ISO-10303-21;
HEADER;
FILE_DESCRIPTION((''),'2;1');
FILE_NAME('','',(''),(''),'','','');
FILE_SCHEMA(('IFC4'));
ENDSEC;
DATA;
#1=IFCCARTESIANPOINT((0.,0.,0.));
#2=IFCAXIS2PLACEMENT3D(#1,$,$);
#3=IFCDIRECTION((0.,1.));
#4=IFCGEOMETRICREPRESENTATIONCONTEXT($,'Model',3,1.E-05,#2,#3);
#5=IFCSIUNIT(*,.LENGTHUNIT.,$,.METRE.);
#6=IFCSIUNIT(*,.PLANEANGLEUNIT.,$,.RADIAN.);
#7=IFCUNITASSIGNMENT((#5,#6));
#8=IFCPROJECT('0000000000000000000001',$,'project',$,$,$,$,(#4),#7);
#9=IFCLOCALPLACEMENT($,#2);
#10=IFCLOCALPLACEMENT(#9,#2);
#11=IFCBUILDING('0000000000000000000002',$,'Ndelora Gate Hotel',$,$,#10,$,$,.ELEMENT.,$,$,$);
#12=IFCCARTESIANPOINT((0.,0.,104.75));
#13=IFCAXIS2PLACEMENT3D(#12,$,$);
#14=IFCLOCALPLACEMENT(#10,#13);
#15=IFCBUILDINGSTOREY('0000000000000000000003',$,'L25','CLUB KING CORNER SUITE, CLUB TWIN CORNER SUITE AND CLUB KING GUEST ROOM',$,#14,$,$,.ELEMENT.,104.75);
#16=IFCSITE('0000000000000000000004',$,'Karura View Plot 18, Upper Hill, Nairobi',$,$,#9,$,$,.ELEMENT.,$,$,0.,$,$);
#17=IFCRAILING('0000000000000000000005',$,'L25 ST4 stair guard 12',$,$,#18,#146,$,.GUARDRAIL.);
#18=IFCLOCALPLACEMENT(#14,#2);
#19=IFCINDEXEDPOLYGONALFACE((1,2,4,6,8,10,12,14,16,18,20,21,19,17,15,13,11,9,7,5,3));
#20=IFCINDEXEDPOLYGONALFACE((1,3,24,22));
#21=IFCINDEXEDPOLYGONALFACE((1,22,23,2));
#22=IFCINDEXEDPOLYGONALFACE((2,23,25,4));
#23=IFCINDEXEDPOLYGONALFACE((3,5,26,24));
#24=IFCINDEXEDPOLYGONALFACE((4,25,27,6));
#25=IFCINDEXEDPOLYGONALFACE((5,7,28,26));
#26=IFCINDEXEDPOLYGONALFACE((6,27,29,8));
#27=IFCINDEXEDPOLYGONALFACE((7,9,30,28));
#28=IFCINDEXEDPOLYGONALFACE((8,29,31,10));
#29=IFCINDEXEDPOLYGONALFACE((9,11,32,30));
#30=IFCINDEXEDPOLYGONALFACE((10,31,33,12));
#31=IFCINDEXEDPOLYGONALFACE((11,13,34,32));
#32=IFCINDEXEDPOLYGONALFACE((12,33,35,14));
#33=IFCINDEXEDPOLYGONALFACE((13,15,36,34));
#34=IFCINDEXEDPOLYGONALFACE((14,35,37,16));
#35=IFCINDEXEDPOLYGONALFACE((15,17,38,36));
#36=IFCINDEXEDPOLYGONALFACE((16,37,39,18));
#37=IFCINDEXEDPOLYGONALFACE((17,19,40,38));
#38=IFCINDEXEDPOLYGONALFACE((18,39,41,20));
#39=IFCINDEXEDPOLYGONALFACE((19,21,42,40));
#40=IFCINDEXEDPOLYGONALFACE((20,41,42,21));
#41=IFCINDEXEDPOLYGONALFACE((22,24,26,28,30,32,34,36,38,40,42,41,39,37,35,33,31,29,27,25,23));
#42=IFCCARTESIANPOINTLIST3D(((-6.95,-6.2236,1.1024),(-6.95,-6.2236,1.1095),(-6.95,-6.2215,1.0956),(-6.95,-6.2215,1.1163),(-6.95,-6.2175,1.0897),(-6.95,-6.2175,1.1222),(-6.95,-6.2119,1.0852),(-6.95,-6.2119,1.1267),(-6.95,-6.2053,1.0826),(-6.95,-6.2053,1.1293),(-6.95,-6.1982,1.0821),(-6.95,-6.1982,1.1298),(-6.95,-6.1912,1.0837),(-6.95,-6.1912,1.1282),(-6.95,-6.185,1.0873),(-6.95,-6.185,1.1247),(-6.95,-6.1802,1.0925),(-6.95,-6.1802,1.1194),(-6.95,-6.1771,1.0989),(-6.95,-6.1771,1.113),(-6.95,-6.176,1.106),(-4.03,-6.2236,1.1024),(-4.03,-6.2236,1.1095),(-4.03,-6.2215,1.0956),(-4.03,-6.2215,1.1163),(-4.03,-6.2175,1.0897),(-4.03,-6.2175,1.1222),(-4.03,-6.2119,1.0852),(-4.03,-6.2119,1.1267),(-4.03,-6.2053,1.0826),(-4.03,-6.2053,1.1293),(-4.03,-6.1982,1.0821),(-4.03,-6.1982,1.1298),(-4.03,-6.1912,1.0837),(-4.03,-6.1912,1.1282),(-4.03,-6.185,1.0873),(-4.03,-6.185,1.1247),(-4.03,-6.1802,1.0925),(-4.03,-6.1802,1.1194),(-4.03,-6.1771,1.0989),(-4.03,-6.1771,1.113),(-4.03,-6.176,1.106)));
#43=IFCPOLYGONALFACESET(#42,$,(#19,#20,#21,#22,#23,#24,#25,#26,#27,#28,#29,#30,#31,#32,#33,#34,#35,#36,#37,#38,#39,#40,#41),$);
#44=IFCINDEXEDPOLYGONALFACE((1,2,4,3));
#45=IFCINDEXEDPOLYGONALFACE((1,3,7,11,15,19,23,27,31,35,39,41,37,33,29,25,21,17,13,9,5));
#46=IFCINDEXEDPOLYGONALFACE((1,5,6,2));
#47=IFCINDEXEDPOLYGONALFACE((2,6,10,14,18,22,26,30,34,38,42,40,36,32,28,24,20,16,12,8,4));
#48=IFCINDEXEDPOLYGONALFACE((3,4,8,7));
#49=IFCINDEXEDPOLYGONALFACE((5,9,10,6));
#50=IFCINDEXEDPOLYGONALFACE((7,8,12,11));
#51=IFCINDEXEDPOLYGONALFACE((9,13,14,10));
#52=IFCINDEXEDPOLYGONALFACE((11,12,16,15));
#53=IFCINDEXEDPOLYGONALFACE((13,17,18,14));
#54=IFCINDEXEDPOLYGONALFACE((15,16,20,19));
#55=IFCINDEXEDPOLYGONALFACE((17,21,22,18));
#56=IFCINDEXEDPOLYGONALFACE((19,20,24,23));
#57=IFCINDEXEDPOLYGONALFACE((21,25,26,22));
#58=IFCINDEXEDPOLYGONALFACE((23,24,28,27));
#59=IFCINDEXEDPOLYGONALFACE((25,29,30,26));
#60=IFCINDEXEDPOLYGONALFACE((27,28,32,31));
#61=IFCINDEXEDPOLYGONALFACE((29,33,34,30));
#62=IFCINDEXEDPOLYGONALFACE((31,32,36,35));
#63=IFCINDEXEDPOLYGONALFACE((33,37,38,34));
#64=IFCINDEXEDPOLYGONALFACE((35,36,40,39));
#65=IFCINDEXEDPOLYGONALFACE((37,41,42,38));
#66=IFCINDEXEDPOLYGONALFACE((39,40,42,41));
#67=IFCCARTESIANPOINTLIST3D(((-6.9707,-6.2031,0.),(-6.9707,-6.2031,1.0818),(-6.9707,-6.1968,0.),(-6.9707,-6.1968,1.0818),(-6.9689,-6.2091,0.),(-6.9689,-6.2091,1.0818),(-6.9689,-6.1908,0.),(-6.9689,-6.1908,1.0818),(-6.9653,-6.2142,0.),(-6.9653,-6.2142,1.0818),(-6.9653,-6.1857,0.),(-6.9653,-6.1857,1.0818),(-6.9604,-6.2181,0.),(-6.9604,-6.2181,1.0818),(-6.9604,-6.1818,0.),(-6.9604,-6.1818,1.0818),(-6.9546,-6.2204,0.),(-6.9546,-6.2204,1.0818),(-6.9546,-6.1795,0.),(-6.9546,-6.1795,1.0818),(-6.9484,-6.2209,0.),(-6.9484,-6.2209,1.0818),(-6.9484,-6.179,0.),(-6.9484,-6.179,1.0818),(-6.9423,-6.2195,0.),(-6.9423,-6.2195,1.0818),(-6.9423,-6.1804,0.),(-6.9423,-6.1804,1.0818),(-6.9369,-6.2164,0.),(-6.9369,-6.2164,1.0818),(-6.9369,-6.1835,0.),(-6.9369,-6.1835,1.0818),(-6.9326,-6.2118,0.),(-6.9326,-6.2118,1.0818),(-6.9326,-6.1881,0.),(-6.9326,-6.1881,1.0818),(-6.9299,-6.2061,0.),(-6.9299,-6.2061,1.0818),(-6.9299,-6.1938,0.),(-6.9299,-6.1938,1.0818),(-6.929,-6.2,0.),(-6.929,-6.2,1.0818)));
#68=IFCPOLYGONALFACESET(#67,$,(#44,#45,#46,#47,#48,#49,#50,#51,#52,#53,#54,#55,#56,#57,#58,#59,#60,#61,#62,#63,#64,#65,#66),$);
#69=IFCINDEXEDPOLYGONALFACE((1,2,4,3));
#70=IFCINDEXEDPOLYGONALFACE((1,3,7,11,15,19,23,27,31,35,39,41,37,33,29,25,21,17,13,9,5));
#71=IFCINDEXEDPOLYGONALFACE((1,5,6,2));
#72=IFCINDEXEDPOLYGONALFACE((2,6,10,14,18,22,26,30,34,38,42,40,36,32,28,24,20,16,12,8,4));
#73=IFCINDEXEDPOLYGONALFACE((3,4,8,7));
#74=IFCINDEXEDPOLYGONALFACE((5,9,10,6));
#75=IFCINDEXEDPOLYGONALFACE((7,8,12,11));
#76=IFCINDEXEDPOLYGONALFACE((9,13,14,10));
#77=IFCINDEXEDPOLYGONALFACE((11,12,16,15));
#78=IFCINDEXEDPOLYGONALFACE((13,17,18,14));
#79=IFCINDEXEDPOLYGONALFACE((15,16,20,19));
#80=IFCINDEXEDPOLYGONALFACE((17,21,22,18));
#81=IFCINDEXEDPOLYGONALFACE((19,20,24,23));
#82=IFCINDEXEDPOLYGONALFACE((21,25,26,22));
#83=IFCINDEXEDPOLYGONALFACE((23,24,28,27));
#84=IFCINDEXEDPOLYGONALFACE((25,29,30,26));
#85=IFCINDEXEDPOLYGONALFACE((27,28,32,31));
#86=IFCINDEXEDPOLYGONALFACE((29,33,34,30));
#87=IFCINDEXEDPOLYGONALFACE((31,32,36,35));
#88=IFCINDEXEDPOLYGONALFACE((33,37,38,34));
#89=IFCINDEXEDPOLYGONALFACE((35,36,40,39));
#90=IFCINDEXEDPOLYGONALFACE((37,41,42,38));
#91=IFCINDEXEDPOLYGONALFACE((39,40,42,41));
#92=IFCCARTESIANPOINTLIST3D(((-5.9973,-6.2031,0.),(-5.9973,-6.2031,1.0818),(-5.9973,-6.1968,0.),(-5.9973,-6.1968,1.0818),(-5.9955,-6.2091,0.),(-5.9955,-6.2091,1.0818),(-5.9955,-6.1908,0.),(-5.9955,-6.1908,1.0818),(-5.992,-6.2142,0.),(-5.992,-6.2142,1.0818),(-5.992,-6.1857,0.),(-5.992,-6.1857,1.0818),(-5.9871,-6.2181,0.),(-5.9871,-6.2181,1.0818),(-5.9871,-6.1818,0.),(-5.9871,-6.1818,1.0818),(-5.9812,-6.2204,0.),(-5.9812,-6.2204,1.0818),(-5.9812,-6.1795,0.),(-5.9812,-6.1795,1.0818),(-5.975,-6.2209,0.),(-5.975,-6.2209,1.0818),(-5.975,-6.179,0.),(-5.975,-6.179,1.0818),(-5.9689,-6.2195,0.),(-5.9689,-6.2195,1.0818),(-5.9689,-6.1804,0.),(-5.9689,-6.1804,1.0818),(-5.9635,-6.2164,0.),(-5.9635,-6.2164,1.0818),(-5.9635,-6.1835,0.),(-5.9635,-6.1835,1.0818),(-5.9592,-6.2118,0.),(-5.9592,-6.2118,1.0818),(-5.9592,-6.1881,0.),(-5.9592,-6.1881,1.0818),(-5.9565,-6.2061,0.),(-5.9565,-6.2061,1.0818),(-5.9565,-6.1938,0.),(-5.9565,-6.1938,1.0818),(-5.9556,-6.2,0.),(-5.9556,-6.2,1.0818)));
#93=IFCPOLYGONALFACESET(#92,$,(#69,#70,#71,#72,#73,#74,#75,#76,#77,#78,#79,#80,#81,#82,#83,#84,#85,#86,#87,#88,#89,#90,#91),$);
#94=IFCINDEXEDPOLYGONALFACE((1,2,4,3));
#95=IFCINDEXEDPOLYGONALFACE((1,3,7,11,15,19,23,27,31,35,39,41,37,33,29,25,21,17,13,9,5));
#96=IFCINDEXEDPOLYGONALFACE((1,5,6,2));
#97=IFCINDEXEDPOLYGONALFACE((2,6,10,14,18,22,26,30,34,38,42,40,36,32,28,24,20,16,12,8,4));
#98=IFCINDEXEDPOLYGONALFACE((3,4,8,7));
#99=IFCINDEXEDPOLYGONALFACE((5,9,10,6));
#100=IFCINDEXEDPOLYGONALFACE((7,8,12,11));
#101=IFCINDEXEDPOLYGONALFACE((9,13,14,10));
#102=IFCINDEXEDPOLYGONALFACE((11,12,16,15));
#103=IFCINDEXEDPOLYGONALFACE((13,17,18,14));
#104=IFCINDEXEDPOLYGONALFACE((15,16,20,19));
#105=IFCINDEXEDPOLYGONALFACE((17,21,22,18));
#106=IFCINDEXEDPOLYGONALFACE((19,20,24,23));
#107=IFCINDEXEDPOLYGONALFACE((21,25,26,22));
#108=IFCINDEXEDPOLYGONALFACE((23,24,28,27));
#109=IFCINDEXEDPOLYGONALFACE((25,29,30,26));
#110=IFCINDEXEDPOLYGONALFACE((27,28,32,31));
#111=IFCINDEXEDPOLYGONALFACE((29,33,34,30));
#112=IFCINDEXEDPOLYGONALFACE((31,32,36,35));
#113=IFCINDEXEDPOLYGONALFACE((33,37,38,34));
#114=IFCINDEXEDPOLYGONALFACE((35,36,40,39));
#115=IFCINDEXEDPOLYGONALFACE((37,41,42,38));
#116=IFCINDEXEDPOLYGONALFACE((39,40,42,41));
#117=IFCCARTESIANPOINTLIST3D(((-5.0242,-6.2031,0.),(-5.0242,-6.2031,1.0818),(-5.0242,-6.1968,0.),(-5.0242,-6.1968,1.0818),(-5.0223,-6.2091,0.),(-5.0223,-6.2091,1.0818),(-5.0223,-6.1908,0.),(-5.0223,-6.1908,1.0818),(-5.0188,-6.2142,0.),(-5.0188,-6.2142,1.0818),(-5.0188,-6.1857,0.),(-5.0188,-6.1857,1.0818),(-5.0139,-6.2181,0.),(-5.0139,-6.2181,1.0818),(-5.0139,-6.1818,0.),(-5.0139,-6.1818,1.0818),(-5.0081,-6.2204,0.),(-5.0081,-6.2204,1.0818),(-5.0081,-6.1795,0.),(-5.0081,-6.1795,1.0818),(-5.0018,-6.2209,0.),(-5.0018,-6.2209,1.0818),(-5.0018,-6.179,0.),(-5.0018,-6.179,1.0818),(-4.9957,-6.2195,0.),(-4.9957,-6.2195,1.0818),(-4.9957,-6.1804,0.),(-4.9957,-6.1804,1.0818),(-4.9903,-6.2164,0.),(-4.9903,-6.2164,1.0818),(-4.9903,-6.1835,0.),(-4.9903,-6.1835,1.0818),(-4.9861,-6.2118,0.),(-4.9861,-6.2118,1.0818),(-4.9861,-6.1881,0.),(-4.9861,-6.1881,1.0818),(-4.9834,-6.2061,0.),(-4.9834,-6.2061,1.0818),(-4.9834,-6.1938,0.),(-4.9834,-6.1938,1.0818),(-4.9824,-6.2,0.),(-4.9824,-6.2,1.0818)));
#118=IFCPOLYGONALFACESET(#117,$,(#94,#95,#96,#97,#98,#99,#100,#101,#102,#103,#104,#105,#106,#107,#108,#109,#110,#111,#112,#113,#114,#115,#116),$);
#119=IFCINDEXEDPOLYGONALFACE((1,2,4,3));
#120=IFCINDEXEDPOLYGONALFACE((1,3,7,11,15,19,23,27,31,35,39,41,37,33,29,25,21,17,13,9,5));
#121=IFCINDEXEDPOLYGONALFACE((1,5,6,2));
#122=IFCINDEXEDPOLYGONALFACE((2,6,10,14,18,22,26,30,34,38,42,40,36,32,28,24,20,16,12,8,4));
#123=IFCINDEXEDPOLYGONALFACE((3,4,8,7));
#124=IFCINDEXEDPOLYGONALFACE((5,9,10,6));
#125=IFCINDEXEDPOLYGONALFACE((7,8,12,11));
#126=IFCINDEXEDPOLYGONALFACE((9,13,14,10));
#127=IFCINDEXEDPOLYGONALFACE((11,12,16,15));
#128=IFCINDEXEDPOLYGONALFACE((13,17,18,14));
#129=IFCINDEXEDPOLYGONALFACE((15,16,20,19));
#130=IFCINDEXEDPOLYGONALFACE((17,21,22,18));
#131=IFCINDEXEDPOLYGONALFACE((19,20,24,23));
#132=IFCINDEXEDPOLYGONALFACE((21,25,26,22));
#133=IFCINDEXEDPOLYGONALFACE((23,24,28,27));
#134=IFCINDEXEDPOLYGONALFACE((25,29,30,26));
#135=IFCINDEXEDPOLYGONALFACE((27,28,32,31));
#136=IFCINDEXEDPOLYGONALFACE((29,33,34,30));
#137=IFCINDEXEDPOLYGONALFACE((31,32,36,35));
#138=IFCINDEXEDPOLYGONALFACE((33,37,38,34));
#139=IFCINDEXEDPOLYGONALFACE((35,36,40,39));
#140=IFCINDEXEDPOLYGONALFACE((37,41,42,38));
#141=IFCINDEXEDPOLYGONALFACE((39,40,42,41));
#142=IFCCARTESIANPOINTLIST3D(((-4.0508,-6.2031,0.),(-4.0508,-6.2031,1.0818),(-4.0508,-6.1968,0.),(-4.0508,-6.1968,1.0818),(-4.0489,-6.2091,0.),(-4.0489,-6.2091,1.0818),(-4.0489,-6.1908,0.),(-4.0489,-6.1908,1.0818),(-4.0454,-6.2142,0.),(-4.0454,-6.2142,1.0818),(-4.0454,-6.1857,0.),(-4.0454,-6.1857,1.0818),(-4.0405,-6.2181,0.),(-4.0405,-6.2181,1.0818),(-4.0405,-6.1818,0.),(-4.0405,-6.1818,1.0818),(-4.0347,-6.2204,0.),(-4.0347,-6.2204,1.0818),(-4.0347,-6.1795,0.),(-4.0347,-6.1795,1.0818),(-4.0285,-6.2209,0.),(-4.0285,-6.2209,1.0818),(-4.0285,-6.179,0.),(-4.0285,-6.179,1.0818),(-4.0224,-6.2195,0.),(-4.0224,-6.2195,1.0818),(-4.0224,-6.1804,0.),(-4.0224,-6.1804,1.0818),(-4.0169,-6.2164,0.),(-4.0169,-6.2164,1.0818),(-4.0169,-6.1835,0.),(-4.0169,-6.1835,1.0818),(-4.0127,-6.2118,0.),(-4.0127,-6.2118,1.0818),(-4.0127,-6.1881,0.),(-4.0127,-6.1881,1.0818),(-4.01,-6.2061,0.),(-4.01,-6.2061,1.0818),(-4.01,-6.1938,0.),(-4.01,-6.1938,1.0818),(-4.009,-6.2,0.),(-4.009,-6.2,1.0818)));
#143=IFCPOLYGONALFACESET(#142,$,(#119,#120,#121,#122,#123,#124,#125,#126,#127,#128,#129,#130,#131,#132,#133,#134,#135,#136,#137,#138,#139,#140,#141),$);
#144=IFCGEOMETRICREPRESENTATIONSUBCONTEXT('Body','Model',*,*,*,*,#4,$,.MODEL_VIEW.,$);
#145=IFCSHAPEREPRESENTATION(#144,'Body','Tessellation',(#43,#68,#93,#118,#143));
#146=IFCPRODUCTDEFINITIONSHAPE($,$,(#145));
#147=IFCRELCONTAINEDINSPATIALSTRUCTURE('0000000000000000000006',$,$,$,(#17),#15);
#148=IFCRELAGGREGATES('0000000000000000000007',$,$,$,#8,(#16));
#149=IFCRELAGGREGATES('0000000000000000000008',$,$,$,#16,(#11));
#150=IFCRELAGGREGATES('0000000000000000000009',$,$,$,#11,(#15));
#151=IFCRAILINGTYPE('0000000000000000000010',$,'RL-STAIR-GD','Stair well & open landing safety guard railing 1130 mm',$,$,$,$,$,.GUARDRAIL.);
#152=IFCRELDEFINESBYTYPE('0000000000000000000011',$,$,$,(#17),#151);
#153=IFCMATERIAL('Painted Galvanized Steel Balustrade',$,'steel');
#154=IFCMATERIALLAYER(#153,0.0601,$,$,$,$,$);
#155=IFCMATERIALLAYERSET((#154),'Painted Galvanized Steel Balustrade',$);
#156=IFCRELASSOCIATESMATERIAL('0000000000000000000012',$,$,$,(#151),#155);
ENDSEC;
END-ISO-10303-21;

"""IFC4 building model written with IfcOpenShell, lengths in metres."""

from ifc_helpers import new_model, si_unit, direction, frame, origin, origin_2d, place, context, subcontext, project, spatial, circle, extrude, material, layer, layer_set, type_object, element, save


model = new_model("IFC4")

# Units and contexts
model_context = context("Model", 3, precision=1e-05, world=origin(), true_north=direction((0.0, 1.0)))
body_context = subcontext(model_context, "Body", "Model", "MODEL_VIEW")
ifc_project = project(units=[si_unit("LENGTHUNIT", "METRE"), si_unit("PLANEANGLEUNIT", "RADIAN")], contexts=[model_context])

# Site, building, storey
site_placement = place(None, origin())
site = spatial("IfcSite", under=ifc_project, at=site_placement, Name="Karura View Plot 18, Upper Hill, Nairobi", CompositionType="ELEMENT", RefElevation=0.0)
building_placement = place(site_placement, origin())
building = spatial("IfcBuilding", under=site, at=building_placement, Name="Ndelora Gate Hotel", CompositionType="ELEMENT")
storey_placement = place(building_placement, frame((0.0, 0.0, 104.75)))
storey = spatial("IfcBuildingStorey", under=building, at=storey_placement, Name="L25", Description="CLUB KING CORNER SUITE, CLUB TWIN CORNER SUITE AND CLUB KING GUEST ROOM", CompositionType="ELEMENT", Elevation=104.75)

# Railing
ifc_material_1 = material(Name="Painted Galvanized Steel Balustrade", Category="steel")
ifc_layer_1 = layer(ifc_material_1, 0.0601)
ifc_layer_set_1 = layer_set([ifc_layer_1], Name="Painted Galvanized Steel Balustrade")
railing_type_1 = type_object("IfcRailingType", Name="RL-STAIR-GD", Description="Stair well & open landing safety guard railing 1130 mm", PredefinedType="GUARDRAIL", material=ifc_layer_set_1)
railing_1_placement = place(storey_placement, frame((-6.95, -6.2, 0.0)))
element("IfcRailing", 1, at=railing_1_placement, inside=storey, type_object=railing_type_1, Name="L25 ST4 stair guard 12", PredefinedType="GUARDRAIL", context=body_context, shape_type="SweptSolid", body=[
    extrude(circle(Radius=0.0239, at=origin_2d()), frame((0.0, 0.0, 1.106), z_axis=(1.0, 0.0, 0.0), x_axis=(0.0, 1.0, 0.0)), (0.0, 0.0, 1.0), 2.9199),
    extrude(circle(Radius=0.021, at=origin_2d()), origin(), (0.0, 0.0, 1.0), 1.0818),
    extrude(circle(Radius=0.021, at=origin_2d()), frame((0.9734, 0.0, 0.0)), (0.0, 0.0, 1.0), 1.0818),
    extrude(circle(Radius=0.021, at=origin_2d()), frame((1.9465, 0.0, 0.0)), (0.0, 0.0, 1.0), 1.0818),
    extrude(circle(Radius=0.021, at=origin_2d()), frame((2.9199, 0.0, 0.0)), (0.0, 0.0, 1.0), 1.0818),
])

save(model, "model.ifc")
